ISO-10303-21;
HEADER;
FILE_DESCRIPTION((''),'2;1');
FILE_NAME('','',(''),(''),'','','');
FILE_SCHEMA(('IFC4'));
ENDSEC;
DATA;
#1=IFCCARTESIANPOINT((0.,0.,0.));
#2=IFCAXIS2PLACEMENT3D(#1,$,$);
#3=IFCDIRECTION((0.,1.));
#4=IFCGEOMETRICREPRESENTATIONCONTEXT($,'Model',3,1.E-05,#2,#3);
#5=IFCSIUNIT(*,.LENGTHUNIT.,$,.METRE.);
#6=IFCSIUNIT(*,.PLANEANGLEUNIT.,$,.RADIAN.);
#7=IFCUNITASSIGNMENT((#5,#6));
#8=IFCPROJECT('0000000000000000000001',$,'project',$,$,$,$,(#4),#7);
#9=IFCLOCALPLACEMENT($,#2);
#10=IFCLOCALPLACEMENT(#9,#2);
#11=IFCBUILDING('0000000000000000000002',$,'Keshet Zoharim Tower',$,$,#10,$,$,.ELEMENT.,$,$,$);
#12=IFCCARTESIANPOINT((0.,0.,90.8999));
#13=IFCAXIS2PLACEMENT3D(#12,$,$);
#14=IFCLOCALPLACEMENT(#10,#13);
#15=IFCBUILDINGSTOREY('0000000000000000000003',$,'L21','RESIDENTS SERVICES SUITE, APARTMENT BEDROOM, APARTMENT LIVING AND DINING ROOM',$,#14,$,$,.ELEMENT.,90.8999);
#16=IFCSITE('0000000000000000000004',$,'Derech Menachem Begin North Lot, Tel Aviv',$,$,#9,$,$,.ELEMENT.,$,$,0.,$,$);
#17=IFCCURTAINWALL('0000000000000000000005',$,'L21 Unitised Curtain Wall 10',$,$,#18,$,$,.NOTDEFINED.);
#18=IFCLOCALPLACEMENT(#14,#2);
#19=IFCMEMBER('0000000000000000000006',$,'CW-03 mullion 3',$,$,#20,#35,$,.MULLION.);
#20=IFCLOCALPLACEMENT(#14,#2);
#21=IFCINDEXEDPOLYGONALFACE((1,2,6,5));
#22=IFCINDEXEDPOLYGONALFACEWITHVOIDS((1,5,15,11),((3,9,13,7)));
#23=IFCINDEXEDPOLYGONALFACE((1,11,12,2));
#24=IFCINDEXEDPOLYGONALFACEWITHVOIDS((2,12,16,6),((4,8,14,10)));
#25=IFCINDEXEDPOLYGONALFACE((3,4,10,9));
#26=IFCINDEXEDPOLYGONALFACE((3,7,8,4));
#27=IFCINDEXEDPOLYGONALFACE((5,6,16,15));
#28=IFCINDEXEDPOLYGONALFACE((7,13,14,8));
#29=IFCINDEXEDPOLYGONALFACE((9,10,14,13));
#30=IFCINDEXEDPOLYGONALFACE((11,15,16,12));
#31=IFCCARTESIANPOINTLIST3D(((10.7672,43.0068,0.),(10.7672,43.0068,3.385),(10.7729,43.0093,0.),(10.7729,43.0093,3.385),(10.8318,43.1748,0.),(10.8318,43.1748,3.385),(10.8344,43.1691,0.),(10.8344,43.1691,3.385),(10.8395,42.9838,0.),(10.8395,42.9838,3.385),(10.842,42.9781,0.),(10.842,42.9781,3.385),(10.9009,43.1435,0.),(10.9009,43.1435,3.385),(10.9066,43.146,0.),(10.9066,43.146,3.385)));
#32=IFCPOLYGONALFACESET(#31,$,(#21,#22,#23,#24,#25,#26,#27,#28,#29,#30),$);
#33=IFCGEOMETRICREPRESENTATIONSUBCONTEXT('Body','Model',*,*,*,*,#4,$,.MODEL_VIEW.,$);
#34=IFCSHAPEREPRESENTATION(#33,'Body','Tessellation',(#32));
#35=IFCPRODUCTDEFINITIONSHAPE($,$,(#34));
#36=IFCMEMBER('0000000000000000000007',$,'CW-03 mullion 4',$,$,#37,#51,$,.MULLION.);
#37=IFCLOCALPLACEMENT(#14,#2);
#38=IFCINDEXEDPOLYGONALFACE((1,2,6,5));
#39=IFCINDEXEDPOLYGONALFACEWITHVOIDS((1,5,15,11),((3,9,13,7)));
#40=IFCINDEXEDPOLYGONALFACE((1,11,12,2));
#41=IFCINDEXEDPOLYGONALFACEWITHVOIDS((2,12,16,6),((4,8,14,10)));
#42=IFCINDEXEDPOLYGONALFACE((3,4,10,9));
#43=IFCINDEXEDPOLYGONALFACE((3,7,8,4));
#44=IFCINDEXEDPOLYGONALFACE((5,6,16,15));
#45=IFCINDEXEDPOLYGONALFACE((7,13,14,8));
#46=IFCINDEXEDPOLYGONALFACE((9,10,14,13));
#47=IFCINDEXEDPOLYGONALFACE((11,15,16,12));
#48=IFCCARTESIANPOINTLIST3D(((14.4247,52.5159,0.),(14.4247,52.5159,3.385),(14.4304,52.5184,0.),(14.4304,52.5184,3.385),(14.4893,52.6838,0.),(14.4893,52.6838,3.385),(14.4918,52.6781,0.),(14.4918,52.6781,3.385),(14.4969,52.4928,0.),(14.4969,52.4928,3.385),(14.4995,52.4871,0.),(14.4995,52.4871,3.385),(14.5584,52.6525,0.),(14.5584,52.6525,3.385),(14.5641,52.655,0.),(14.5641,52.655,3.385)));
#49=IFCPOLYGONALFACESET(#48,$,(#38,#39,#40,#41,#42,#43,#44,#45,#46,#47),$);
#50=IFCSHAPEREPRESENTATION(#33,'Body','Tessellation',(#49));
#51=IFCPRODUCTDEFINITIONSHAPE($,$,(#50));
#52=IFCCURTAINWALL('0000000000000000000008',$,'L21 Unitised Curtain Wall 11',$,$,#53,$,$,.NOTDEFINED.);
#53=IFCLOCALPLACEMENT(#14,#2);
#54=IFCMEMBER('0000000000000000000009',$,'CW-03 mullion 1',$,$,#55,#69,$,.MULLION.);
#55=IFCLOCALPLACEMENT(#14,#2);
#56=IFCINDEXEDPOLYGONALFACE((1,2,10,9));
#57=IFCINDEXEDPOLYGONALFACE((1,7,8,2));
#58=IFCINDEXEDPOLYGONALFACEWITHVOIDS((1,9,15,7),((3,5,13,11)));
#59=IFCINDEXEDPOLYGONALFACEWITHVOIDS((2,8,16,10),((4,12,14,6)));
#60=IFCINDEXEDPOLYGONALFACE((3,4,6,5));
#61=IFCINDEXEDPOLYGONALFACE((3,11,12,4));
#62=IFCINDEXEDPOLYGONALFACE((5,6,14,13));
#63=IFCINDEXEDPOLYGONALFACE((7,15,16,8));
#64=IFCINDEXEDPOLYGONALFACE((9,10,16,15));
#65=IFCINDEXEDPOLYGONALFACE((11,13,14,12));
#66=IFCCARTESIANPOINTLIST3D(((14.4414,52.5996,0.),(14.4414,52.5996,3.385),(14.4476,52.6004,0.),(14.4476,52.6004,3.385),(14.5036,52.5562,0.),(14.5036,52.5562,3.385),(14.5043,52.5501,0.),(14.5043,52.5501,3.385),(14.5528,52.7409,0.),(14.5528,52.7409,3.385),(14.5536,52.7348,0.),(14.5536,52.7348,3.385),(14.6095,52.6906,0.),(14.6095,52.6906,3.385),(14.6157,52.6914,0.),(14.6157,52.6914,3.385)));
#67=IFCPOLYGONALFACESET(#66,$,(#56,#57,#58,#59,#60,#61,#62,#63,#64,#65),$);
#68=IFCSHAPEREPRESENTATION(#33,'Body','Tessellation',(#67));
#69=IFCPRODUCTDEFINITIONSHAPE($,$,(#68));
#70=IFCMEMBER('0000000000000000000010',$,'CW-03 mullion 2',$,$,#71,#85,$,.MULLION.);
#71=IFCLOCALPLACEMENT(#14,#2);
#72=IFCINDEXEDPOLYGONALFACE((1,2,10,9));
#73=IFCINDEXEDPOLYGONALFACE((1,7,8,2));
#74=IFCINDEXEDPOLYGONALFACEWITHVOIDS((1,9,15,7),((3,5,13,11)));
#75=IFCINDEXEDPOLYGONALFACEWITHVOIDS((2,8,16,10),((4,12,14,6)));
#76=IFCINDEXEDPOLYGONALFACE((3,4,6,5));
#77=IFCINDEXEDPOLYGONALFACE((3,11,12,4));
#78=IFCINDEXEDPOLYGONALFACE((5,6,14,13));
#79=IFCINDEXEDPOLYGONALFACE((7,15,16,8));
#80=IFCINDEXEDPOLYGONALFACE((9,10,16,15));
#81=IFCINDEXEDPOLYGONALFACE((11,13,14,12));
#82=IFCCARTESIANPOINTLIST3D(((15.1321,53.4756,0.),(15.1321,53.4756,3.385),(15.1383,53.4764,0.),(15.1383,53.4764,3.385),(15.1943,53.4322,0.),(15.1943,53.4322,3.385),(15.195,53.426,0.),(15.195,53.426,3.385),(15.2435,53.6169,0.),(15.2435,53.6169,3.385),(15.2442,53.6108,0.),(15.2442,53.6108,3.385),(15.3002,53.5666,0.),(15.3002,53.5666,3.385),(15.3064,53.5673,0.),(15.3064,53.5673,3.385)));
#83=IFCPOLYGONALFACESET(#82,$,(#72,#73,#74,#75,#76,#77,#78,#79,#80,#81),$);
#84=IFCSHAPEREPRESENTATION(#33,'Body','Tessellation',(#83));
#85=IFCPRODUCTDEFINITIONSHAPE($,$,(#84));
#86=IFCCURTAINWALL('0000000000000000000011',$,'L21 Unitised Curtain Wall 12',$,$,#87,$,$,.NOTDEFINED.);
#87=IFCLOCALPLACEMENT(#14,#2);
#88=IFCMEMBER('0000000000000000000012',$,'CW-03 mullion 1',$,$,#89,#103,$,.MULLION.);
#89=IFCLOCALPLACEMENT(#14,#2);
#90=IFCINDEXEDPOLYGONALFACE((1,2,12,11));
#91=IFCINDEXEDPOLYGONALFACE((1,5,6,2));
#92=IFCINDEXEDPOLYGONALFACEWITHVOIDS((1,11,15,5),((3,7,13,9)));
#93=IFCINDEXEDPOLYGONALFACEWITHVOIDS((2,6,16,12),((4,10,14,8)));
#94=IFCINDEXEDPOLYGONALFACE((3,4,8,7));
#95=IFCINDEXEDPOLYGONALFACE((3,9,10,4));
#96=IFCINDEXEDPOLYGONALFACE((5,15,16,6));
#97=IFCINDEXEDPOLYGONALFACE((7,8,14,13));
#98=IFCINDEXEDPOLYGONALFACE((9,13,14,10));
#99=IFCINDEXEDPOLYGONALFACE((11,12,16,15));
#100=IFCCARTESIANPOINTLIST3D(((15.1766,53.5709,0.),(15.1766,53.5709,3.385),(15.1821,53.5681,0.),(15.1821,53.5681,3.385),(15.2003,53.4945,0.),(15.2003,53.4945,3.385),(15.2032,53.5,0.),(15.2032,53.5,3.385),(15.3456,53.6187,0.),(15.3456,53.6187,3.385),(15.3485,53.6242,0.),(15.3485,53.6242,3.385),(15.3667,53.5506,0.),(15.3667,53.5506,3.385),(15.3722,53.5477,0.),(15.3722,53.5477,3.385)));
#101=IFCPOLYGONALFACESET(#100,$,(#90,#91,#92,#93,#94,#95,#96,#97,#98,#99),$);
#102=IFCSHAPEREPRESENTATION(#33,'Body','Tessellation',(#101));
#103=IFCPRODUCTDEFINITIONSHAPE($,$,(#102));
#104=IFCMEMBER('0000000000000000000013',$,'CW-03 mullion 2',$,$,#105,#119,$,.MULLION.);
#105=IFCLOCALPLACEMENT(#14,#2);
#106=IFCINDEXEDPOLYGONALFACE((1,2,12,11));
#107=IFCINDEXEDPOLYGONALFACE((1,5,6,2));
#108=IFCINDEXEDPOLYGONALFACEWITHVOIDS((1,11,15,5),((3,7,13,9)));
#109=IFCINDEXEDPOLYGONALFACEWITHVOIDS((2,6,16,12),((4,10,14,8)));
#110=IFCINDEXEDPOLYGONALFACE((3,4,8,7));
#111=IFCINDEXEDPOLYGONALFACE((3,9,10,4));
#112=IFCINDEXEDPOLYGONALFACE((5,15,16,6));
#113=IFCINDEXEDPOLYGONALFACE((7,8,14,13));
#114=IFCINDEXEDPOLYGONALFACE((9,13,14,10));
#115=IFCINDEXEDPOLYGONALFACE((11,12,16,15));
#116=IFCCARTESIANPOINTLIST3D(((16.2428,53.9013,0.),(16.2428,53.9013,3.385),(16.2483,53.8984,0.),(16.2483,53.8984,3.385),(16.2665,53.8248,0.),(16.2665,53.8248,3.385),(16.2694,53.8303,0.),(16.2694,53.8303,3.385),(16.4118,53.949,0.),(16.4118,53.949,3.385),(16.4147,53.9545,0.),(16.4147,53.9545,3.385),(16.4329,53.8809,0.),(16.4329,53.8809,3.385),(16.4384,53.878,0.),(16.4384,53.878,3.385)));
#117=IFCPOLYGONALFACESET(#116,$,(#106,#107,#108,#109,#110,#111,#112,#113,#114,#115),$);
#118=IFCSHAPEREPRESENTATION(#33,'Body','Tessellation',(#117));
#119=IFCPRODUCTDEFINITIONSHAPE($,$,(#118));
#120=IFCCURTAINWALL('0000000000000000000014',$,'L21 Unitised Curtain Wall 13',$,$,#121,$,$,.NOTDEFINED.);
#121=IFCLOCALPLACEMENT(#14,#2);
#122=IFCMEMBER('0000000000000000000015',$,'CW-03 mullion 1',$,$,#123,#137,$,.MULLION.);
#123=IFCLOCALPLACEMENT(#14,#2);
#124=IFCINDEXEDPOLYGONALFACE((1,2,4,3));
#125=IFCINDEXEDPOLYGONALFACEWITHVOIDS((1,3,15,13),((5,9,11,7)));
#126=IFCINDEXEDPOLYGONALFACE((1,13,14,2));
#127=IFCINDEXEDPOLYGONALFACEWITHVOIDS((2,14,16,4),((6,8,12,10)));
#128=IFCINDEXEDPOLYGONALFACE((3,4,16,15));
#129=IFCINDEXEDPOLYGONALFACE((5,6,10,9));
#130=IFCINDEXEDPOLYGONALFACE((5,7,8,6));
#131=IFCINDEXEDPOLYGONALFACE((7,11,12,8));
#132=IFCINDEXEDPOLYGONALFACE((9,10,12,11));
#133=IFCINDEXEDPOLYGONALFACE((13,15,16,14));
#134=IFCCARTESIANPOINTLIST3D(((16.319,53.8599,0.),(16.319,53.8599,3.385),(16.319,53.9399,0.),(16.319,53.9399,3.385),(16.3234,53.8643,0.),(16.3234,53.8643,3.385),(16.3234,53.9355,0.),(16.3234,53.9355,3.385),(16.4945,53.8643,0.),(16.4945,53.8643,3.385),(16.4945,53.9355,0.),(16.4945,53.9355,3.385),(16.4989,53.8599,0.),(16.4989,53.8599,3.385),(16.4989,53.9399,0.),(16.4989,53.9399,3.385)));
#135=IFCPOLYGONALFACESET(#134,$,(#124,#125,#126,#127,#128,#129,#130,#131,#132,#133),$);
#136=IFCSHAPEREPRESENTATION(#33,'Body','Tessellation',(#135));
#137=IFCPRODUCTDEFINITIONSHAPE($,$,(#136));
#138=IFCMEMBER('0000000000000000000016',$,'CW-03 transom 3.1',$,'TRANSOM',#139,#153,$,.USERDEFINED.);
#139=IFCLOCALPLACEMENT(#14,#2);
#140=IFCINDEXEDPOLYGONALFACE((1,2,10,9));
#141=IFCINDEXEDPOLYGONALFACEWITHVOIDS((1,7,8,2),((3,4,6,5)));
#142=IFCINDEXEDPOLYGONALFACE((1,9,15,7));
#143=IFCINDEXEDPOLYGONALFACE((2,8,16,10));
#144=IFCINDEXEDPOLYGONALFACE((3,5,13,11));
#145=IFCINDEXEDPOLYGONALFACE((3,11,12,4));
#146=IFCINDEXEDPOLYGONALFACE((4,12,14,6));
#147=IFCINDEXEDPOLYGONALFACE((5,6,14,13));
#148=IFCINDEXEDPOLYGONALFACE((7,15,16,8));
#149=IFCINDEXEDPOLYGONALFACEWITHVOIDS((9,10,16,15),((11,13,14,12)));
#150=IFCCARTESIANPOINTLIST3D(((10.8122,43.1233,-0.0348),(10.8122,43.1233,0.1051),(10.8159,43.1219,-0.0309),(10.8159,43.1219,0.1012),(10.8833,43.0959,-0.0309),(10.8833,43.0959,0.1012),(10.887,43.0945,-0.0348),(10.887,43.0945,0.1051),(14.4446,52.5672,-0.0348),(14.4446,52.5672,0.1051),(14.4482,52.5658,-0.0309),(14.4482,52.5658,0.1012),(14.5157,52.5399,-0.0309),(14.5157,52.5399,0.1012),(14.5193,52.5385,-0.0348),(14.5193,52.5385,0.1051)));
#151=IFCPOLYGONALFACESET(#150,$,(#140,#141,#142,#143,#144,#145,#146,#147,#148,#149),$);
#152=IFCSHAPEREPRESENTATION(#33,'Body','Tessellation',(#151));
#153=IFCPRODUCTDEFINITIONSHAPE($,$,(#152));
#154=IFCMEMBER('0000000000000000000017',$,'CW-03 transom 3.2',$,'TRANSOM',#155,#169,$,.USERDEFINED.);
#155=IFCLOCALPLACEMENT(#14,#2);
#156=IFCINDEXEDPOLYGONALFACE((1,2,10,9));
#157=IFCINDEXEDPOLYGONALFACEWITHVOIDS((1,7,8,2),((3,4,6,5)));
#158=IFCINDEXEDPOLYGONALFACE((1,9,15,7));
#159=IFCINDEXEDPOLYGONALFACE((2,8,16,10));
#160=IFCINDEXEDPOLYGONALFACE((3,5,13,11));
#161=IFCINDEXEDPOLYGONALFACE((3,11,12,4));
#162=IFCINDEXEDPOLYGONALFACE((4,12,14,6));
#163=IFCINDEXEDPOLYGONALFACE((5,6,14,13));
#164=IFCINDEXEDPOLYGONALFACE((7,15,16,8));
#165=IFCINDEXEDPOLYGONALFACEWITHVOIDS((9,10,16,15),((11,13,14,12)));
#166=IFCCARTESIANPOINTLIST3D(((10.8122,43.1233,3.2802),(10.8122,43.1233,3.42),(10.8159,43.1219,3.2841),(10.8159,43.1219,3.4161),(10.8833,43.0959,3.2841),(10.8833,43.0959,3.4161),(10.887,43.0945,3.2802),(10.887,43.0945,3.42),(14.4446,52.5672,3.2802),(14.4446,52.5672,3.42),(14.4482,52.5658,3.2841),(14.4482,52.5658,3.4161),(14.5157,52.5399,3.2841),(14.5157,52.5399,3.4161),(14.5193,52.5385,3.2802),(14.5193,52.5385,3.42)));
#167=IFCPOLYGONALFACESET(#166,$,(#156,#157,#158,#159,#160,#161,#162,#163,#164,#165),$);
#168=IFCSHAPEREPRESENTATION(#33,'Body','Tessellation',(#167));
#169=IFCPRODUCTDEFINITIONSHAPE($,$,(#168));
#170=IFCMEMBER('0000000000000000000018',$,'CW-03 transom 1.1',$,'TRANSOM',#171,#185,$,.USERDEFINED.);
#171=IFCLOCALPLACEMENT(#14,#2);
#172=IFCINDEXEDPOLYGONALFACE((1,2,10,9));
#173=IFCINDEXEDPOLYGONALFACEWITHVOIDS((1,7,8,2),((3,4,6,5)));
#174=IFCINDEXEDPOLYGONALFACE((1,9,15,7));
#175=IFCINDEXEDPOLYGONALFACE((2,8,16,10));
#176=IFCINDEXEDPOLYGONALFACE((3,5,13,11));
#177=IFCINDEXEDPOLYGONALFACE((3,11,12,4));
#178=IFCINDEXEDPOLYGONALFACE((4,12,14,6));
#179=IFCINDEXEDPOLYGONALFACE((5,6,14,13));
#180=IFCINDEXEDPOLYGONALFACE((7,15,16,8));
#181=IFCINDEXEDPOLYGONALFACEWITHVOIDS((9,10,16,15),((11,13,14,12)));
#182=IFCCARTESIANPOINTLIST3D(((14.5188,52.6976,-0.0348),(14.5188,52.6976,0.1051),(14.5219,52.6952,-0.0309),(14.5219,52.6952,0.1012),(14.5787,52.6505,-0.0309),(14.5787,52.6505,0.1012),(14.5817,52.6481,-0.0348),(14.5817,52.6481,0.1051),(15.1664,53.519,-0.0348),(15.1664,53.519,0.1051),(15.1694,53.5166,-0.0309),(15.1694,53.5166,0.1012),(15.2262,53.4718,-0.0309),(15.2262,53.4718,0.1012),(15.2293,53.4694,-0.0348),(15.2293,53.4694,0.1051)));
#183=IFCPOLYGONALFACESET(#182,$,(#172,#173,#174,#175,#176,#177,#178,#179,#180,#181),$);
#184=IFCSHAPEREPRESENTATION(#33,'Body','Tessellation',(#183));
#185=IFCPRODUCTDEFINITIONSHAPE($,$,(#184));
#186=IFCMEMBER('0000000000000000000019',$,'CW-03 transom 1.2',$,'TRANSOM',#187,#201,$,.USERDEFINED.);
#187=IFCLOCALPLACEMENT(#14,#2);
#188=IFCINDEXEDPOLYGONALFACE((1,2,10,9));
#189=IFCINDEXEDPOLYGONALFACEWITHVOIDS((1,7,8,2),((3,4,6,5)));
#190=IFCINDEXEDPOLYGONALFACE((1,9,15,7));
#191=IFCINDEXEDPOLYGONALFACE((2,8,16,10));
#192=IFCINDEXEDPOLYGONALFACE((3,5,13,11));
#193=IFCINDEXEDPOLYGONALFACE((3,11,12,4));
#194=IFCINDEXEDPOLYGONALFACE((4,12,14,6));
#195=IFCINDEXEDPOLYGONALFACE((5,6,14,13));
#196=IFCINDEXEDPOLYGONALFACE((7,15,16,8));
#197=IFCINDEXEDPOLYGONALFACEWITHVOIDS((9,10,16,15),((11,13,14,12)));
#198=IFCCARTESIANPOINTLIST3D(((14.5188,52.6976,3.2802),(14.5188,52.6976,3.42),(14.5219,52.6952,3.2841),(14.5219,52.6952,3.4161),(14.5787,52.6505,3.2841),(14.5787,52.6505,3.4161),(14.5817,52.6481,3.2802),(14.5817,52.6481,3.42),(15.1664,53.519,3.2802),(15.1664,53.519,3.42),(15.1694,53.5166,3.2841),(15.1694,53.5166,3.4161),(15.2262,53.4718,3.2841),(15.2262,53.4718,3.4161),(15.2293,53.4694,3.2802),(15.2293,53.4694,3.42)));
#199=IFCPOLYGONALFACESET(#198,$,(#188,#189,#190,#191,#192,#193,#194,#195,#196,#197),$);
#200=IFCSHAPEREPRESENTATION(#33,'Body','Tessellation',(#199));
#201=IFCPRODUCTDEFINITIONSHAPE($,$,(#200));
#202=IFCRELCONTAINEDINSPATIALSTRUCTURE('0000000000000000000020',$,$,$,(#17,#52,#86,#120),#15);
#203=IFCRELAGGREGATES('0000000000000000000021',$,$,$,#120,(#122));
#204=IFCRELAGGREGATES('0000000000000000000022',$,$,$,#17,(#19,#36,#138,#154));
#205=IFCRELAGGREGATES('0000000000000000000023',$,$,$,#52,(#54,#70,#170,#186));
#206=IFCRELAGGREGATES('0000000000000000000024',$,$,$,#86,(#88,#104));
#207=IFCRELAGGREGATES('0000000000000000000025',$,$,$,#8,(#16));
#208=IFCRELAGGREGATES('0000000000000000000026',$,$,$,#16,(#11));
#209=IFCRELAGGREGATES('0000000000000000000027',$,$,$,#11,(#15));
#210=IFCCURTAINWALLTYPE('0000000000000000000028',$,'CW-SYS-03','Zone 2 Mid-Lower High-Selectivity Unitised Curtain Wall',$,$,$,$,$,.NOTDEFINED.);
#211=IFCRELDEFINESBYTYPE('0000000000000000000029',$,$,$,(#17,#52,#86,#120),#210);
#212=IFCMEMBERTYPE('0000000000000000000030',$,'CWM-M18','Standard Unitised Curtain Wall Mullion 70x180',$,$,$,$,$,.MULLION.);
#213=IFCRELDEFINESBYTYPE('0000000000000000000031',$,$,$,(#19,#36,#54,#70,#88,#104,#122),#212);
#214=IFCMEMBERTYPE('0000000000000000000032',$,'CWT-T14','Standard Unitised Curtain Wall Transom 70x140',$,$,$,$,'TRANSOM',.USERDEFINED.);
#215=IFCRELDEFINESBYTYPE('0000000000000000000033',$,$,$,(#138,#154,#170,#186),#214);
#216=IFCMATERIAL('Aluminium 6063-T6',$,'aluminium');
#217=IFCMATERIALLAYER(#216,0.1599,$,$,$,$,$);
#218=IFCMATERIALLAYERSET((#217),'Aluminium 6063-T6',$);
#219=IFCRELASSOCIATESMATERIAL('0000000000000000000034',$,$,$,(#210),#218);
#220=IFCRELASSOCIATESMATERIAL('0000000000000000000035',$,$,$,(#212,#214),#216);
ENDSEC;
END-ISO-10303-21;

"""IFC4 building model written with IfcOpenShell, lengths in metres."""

from ifc_helpers import new_model, si_unit, direction, frame, origin, origin_2d, place, context, subcontext, project, spatial, hollow_rectangle, extrude, material, layer, layer_set, material_profile, profile_set, type_object, element, aggregate, save


model = new_model("IFC4")

# Units and contexts
model_context = context("Model", 3, precision=1e-05, world=origin(), true_north=direction((0.0, 1.0)))
body_context = subcontext(model_context, "Body", "Model", "MODEL_VIEW")
ifc_project = project(units=[si_unit("LENGTHUNIT", "METRE"), si_unit("PLANEANGLEUNIT", "RADIAN")], contexts=[model_context])

# Site, building, storey
site_placement = place(None, origin())
site = spatial("IfcSite", under=ifc_project, at=site_placement, Name="Derech Menachem Begin North Lot, Tel Aviv", CompositionType="ELEMENT", RefElevation=0.0)
building_placement = place(site_placement, origin())
building = spatial("IfcBuilding", under=site, at=building_placement, Name="Keshet Zoharim Tower", CompositionType="ELEMENT")
storey_placement = place(building_placement, frame((0.0, 0.0, 90.8999)))
storey = spatial("IfcBuildingStorey", under=building, at=storey_placement, Name="L21", Description="RESIDENTS SERVICES SUITE, APARTMENT BEDROOM, APARTMENT LIVING AND DINING ROOM", CompositionType="ELEMENT", Elevation=90.8999)

# Curtain walls, members
ifc_material_1 = material(Name="Aluminium 6063-T6", Category="aluminium")
ifc_layer_1 = layer(ifc_material_1, 0.1599)
ifc_layer_set_1 = layer_set([ifc_layer_1], Name="Aluminium 6063-T6")
curtain_wall_type = type_object("IfcCurtainWallType", Name="CW-SYS-03", Description="Zone 2 Mid-Lower High-Selectivity Unitised Curtain Wall", PredefinedType="NOTDEFINED", material=ifc_layer_set_1)
curtain_wall_1_placement = place(storey_placement, origin())
curtain_wall_1 = element("IfcCurtainWall", 1, at=curtain_wall_1_placement, inside=storey, type_object=curtain_wall_type, Name="L21 Unitised Curtain Wall 10", PredefinedType="NOTDEFINED")
ifc_material_profile_1 = material_profile(ifc_material_1, hollow_rectangle(XDim=0.0801, YDim=0.1799, WallThickness=0.0044, at=origin_2d()), Name="MUL-80x180")
ifc_profile_set_1 = profile_set([ifc_material_profile_1], Name="Aluminium 6063-T6")
member_type_1 = type_object("IfcMemberType", Name="CWM-M18", Description="Standard Unitised Curtain Wall Mullion 70x180", PredefinedType="MULLION", material=ifc_profile_set_1)
member_1_placement = place(storey_placement, frame((10.8369, 43.0764, 0.0), z_axis=(0.0, 0.0, 1.0), x_axis=(-0.933341, 0.35899, 0.0)))
member_1 = element("IfcMember", 2, at=member_1_placement, type_object=member_type_1, Name="CW-03 mullion 3", PredefinedType="MULLION", context=body_context, shape_type="SweptSolid", body=[
    extrude(hollow_rectangle(XDim=0.0801, YDim=0.1799, WallThickness=0.0044, at=origin_2d()), origin(), (0.0, 0.0, 1.0), 3.385),
])
member_2_placement = place(storey_placement, frame((14.4944, 52.5854, 0.0), z_axis=(0.0, 0.0, 1.0), x_axis=(-0.933341, 0.35899, 0.0)))
member_2 = element("IfcMember", 3, at=member_2_placement, type_object=member_type_1, Name="CW-03 mullion 4", PredefinedType="MULLION", context=body_context, shape_type="SweptSolid", body=[
    extrude(hollow_rectangle(XDim=0.0801, YDim=0.1799, WallThickness=0.0044, at=origin_2d()), origin(), (0.0, 0.0, 1.0), 3.385),
])
curtain_wall_2_placement = place(storey_placement, origin())
curtain_wall_2 = element("IfcCurtainWall", 4, at=curtain_wall_2_placement, inside=storey, type_object=curtain_wall_type, Name="L21 Unitised Curtain Wall 11", PredefinedType="NOTDEFINED")
member_3_placement = place(storey_placement, frame((14.5286, 52.6455, 0.0), z_axis=(0.0, 0.0, 1.0), x_axis=(-0.785293, 0.619125, 0.0)))
member_3 = element("IfcMember", 5, at=member_3_placement, type_object=member_type_1, Name="CW-03 mullion 1", PredefinedType="MULLION", context=body_context, shape_type="SweptSolid", body=[
    extrude(hollow_rectangle(XDim=0.0801, YDim=0.1799, WallThickness=0.0044, at=origin_2d()), origin(), (0.0, 0.0, 1.0), 3.385),
])
member_4_placement = place(storey_placement, frame((15.2192, 53.5215, 0.0), z_axis=(0.0, 0.0, 1.0), x_axis=(-0.785293, 0.619125, 0.0)))
member_4 = element("IfcMember", 6, at=member_4_placement, type_object=member_type_1, Name="CW-03 mullion 2", PredefinedType="MULLION", context=body_context, shape_type="SweptSolid", body=[
    extrude(hollow_rectangle(XDim=0.0801, YDim=0.1799, WallThickness=0.0044, at=origin_2d()), origin(), (0.0, 0.0, 1.0), 3.385),
])
curtain_wall_3_placement = place(storey_placement, origin())
curtain_wall_3 = element("IfcCurtainWall", 7, at=curtain_wall_3_placement, inside=storey, type_object=curtain_wall_type, Name="L21 Unitised Curtain Wall 12", PredefinedType="NOTDEFINED")
member_5_placement = place(storey_placement, frame((15.2744, 53.5593, 0.0), z_axis=(0.0, 0.0, 1.0), x_axis=(-0.295922, 0.955212, 0.0)))
member_5 = element("IfcMember", 8, at=member_5_placement, type_object=member_type_1, Name="CW-03 mullion 1", PredefinedType="MULLION", context=body_context, shape_type="SweptSolid", body=[
    extrude(hollow_rectangle(XDim=0.0801, YDim=0.1799, WallThickness=0.0044, at=origin_2d()), origin(), (0.0, 0.0, 1.0), 3.385),
])
member_6_placement = place(storey_placement, frame((16.3406, 53.8896, 0.0), z_axis=(0.0, 0.0, 1.0), x_axis=(-0.295922, 0.955212, 0.0)))
member_6 = element("IfcMember", 9, at=member_6_placement, type_object=member_type_1, Name="CW-03 mullion 2", PredefinedType="MULLION", context=body_context, shape_type="SweptSolid", body=[
    extrude(hollow_rectangle(XDim=0.0801, YDim=0.1799, WallThickness=0.0044, at=origin_2d()), origin(), (0.0, 0.0, 1.0), 3.385),
])

# Curtain wall, member
curtain_wall_4_placement = place(storey_placement, origin())
curtain_wall_4 = element("IfcCurtainWall", 10, at=curtain_wall_4_placement, inside=storey, type_object=curtain_wall_type, Name="L21 Unitised Curtain Wall 13", PredefinedType="NOTDEFINED")
member_7_placement = place(storey_placement, frame((16.4089, 53.8999, 0.0), z_axis=(0.0, 0.0, 1.0), x_axis=(0.0, 1.0, 0.0)))
member_7 = element("IfcMember", 11, at=member_7_placement, type_object=member_type_1, Name="CW-03 mullion 1", PredefinedType="MULLION", context=body_context, shape_type="SweptSolid", body=[
    extrude(hollow_rectangle(XDim=0.0801, YDim=0.1799, WallThickness=0.0044, at=origin_2d()), origin(), (0.0, 0.0, 1.0), 3.385),
])

# Members
ifc_material_profile_2 = material_profile(ifc_material_1, hollow_rectangle(XDim=0.0801, YDim=0.1399, WallThickness=0.0039, at=origin_2d()), Name="TRN-80x140")
ifc_profile_set_2 = profile_set([ifc_material_profile_2], Name="Aluminium 6063-T6")
member_type_2 = type_object("IfcMemberType", Name="CWT-T14", Description="Standard Unitised Curtain Wall Transom 70x140", ElementType="TRANSOM", PredefinedType="USERDEFINED", material=ifc_profile_set_2)
member_8_placement = place(storey_placement, frame((10.8496, 43.1089, 0.0352), z_axis=(0.358986, 0.933343, 0.0), x_axis=(-0.933343, 0.358986, 0.0)))
member_8 = element("IfcMember", 12, at=member_8_placement, type_object=member_type_2, Name="CW-03 transom 3.1", ObjectType="TRANSOM", PredefinedType="USERDEFINED", context=body_context, shape_type="SweptSolid", body=[
    extrude(hollow_rectangle(XDim=0.0801, YDim=0.1399, WallThickness=0.0039, at=origin_2d()), origin(), (0.0, 0.0, 1.0), 10.1184),
])
member_9_placement = place(storey_placement, frame((10.8496, 43.1089, 3.3501), z_axis=(0.358986, 0.933343, 0.0), x_axis=(-0.933343, 0.358986, 0.0)))
member_9 = element("IfcMember", 13, at=member_9_placement, type_object=member_type_2, Name="CW-03 transom 3.2", ObjectType="TRANSOM", PredefinedType="USERDEFINED", context=body_context, shape_type="SweptSolid", body=[
    extrude(hollow_rectangle(XDim=0.0801, YDim=0.1399, WallThickness=0.0039, at=origin_2d()), origin(), (0.0, 0.0, 1.0), 10.1184),
])
member_10_placement = place(storey_placement, frame((14.5503, 52.6729, 0.0352), z_axis=(0.619099, 0.785313, 0.0), x_axis=(-0.785313, 0.619099, 0.0)))
member_10 = element("IfcMember", 14, at=member_10_placement, type_object=member_type_2, Name="CW-03 transom 1.1", ObjectType="TRANSOM", PredefinedType="USERDEFINED", context=body_context, shape_type="SweptSolid", body=[
    extrude(hollow_rectangle(XDim=0.0801, YDim=0.1399, WallThickness=0.0039, at=origin_2d()), origin(), (0.0, 0.0, 1.0), 1.0459),
])
member_11_placement = place(storey_placement, frame((14.5503, 52.6729, 3.3501), z_axis=(0.619099, 0.785313, 0.0), x_axis=(-0.785313, 0.619099, 0.0)))
member_11 = element("IfcMember", 15, at=member_11_placement, type_object=member_type_2, Name="CW-03 transom 1.2", ObjectType="TRANSOM", PredefinedType="USERDEFINED", context=body_context, shape_type="SweptSolid", body=[
    extrude(hollow_rectangle(XDim=0.0801, YDim=0.1399, WallThickness=0.0039, at=origin_2d()), origin(), (0.0, 0.0, 1.0), 1.0459),
])
aggregate(curtain_wall_4, [member_7])

aggregate(curtain_wall_1, [member_1, member_2, member_8, member_9])
aggregate(curtain_wall_2, [member_3, member_4, member_10, member_11])
aggregate(curtain_wall_3, [member_5, member_6])

save(model, "model.ifc")
